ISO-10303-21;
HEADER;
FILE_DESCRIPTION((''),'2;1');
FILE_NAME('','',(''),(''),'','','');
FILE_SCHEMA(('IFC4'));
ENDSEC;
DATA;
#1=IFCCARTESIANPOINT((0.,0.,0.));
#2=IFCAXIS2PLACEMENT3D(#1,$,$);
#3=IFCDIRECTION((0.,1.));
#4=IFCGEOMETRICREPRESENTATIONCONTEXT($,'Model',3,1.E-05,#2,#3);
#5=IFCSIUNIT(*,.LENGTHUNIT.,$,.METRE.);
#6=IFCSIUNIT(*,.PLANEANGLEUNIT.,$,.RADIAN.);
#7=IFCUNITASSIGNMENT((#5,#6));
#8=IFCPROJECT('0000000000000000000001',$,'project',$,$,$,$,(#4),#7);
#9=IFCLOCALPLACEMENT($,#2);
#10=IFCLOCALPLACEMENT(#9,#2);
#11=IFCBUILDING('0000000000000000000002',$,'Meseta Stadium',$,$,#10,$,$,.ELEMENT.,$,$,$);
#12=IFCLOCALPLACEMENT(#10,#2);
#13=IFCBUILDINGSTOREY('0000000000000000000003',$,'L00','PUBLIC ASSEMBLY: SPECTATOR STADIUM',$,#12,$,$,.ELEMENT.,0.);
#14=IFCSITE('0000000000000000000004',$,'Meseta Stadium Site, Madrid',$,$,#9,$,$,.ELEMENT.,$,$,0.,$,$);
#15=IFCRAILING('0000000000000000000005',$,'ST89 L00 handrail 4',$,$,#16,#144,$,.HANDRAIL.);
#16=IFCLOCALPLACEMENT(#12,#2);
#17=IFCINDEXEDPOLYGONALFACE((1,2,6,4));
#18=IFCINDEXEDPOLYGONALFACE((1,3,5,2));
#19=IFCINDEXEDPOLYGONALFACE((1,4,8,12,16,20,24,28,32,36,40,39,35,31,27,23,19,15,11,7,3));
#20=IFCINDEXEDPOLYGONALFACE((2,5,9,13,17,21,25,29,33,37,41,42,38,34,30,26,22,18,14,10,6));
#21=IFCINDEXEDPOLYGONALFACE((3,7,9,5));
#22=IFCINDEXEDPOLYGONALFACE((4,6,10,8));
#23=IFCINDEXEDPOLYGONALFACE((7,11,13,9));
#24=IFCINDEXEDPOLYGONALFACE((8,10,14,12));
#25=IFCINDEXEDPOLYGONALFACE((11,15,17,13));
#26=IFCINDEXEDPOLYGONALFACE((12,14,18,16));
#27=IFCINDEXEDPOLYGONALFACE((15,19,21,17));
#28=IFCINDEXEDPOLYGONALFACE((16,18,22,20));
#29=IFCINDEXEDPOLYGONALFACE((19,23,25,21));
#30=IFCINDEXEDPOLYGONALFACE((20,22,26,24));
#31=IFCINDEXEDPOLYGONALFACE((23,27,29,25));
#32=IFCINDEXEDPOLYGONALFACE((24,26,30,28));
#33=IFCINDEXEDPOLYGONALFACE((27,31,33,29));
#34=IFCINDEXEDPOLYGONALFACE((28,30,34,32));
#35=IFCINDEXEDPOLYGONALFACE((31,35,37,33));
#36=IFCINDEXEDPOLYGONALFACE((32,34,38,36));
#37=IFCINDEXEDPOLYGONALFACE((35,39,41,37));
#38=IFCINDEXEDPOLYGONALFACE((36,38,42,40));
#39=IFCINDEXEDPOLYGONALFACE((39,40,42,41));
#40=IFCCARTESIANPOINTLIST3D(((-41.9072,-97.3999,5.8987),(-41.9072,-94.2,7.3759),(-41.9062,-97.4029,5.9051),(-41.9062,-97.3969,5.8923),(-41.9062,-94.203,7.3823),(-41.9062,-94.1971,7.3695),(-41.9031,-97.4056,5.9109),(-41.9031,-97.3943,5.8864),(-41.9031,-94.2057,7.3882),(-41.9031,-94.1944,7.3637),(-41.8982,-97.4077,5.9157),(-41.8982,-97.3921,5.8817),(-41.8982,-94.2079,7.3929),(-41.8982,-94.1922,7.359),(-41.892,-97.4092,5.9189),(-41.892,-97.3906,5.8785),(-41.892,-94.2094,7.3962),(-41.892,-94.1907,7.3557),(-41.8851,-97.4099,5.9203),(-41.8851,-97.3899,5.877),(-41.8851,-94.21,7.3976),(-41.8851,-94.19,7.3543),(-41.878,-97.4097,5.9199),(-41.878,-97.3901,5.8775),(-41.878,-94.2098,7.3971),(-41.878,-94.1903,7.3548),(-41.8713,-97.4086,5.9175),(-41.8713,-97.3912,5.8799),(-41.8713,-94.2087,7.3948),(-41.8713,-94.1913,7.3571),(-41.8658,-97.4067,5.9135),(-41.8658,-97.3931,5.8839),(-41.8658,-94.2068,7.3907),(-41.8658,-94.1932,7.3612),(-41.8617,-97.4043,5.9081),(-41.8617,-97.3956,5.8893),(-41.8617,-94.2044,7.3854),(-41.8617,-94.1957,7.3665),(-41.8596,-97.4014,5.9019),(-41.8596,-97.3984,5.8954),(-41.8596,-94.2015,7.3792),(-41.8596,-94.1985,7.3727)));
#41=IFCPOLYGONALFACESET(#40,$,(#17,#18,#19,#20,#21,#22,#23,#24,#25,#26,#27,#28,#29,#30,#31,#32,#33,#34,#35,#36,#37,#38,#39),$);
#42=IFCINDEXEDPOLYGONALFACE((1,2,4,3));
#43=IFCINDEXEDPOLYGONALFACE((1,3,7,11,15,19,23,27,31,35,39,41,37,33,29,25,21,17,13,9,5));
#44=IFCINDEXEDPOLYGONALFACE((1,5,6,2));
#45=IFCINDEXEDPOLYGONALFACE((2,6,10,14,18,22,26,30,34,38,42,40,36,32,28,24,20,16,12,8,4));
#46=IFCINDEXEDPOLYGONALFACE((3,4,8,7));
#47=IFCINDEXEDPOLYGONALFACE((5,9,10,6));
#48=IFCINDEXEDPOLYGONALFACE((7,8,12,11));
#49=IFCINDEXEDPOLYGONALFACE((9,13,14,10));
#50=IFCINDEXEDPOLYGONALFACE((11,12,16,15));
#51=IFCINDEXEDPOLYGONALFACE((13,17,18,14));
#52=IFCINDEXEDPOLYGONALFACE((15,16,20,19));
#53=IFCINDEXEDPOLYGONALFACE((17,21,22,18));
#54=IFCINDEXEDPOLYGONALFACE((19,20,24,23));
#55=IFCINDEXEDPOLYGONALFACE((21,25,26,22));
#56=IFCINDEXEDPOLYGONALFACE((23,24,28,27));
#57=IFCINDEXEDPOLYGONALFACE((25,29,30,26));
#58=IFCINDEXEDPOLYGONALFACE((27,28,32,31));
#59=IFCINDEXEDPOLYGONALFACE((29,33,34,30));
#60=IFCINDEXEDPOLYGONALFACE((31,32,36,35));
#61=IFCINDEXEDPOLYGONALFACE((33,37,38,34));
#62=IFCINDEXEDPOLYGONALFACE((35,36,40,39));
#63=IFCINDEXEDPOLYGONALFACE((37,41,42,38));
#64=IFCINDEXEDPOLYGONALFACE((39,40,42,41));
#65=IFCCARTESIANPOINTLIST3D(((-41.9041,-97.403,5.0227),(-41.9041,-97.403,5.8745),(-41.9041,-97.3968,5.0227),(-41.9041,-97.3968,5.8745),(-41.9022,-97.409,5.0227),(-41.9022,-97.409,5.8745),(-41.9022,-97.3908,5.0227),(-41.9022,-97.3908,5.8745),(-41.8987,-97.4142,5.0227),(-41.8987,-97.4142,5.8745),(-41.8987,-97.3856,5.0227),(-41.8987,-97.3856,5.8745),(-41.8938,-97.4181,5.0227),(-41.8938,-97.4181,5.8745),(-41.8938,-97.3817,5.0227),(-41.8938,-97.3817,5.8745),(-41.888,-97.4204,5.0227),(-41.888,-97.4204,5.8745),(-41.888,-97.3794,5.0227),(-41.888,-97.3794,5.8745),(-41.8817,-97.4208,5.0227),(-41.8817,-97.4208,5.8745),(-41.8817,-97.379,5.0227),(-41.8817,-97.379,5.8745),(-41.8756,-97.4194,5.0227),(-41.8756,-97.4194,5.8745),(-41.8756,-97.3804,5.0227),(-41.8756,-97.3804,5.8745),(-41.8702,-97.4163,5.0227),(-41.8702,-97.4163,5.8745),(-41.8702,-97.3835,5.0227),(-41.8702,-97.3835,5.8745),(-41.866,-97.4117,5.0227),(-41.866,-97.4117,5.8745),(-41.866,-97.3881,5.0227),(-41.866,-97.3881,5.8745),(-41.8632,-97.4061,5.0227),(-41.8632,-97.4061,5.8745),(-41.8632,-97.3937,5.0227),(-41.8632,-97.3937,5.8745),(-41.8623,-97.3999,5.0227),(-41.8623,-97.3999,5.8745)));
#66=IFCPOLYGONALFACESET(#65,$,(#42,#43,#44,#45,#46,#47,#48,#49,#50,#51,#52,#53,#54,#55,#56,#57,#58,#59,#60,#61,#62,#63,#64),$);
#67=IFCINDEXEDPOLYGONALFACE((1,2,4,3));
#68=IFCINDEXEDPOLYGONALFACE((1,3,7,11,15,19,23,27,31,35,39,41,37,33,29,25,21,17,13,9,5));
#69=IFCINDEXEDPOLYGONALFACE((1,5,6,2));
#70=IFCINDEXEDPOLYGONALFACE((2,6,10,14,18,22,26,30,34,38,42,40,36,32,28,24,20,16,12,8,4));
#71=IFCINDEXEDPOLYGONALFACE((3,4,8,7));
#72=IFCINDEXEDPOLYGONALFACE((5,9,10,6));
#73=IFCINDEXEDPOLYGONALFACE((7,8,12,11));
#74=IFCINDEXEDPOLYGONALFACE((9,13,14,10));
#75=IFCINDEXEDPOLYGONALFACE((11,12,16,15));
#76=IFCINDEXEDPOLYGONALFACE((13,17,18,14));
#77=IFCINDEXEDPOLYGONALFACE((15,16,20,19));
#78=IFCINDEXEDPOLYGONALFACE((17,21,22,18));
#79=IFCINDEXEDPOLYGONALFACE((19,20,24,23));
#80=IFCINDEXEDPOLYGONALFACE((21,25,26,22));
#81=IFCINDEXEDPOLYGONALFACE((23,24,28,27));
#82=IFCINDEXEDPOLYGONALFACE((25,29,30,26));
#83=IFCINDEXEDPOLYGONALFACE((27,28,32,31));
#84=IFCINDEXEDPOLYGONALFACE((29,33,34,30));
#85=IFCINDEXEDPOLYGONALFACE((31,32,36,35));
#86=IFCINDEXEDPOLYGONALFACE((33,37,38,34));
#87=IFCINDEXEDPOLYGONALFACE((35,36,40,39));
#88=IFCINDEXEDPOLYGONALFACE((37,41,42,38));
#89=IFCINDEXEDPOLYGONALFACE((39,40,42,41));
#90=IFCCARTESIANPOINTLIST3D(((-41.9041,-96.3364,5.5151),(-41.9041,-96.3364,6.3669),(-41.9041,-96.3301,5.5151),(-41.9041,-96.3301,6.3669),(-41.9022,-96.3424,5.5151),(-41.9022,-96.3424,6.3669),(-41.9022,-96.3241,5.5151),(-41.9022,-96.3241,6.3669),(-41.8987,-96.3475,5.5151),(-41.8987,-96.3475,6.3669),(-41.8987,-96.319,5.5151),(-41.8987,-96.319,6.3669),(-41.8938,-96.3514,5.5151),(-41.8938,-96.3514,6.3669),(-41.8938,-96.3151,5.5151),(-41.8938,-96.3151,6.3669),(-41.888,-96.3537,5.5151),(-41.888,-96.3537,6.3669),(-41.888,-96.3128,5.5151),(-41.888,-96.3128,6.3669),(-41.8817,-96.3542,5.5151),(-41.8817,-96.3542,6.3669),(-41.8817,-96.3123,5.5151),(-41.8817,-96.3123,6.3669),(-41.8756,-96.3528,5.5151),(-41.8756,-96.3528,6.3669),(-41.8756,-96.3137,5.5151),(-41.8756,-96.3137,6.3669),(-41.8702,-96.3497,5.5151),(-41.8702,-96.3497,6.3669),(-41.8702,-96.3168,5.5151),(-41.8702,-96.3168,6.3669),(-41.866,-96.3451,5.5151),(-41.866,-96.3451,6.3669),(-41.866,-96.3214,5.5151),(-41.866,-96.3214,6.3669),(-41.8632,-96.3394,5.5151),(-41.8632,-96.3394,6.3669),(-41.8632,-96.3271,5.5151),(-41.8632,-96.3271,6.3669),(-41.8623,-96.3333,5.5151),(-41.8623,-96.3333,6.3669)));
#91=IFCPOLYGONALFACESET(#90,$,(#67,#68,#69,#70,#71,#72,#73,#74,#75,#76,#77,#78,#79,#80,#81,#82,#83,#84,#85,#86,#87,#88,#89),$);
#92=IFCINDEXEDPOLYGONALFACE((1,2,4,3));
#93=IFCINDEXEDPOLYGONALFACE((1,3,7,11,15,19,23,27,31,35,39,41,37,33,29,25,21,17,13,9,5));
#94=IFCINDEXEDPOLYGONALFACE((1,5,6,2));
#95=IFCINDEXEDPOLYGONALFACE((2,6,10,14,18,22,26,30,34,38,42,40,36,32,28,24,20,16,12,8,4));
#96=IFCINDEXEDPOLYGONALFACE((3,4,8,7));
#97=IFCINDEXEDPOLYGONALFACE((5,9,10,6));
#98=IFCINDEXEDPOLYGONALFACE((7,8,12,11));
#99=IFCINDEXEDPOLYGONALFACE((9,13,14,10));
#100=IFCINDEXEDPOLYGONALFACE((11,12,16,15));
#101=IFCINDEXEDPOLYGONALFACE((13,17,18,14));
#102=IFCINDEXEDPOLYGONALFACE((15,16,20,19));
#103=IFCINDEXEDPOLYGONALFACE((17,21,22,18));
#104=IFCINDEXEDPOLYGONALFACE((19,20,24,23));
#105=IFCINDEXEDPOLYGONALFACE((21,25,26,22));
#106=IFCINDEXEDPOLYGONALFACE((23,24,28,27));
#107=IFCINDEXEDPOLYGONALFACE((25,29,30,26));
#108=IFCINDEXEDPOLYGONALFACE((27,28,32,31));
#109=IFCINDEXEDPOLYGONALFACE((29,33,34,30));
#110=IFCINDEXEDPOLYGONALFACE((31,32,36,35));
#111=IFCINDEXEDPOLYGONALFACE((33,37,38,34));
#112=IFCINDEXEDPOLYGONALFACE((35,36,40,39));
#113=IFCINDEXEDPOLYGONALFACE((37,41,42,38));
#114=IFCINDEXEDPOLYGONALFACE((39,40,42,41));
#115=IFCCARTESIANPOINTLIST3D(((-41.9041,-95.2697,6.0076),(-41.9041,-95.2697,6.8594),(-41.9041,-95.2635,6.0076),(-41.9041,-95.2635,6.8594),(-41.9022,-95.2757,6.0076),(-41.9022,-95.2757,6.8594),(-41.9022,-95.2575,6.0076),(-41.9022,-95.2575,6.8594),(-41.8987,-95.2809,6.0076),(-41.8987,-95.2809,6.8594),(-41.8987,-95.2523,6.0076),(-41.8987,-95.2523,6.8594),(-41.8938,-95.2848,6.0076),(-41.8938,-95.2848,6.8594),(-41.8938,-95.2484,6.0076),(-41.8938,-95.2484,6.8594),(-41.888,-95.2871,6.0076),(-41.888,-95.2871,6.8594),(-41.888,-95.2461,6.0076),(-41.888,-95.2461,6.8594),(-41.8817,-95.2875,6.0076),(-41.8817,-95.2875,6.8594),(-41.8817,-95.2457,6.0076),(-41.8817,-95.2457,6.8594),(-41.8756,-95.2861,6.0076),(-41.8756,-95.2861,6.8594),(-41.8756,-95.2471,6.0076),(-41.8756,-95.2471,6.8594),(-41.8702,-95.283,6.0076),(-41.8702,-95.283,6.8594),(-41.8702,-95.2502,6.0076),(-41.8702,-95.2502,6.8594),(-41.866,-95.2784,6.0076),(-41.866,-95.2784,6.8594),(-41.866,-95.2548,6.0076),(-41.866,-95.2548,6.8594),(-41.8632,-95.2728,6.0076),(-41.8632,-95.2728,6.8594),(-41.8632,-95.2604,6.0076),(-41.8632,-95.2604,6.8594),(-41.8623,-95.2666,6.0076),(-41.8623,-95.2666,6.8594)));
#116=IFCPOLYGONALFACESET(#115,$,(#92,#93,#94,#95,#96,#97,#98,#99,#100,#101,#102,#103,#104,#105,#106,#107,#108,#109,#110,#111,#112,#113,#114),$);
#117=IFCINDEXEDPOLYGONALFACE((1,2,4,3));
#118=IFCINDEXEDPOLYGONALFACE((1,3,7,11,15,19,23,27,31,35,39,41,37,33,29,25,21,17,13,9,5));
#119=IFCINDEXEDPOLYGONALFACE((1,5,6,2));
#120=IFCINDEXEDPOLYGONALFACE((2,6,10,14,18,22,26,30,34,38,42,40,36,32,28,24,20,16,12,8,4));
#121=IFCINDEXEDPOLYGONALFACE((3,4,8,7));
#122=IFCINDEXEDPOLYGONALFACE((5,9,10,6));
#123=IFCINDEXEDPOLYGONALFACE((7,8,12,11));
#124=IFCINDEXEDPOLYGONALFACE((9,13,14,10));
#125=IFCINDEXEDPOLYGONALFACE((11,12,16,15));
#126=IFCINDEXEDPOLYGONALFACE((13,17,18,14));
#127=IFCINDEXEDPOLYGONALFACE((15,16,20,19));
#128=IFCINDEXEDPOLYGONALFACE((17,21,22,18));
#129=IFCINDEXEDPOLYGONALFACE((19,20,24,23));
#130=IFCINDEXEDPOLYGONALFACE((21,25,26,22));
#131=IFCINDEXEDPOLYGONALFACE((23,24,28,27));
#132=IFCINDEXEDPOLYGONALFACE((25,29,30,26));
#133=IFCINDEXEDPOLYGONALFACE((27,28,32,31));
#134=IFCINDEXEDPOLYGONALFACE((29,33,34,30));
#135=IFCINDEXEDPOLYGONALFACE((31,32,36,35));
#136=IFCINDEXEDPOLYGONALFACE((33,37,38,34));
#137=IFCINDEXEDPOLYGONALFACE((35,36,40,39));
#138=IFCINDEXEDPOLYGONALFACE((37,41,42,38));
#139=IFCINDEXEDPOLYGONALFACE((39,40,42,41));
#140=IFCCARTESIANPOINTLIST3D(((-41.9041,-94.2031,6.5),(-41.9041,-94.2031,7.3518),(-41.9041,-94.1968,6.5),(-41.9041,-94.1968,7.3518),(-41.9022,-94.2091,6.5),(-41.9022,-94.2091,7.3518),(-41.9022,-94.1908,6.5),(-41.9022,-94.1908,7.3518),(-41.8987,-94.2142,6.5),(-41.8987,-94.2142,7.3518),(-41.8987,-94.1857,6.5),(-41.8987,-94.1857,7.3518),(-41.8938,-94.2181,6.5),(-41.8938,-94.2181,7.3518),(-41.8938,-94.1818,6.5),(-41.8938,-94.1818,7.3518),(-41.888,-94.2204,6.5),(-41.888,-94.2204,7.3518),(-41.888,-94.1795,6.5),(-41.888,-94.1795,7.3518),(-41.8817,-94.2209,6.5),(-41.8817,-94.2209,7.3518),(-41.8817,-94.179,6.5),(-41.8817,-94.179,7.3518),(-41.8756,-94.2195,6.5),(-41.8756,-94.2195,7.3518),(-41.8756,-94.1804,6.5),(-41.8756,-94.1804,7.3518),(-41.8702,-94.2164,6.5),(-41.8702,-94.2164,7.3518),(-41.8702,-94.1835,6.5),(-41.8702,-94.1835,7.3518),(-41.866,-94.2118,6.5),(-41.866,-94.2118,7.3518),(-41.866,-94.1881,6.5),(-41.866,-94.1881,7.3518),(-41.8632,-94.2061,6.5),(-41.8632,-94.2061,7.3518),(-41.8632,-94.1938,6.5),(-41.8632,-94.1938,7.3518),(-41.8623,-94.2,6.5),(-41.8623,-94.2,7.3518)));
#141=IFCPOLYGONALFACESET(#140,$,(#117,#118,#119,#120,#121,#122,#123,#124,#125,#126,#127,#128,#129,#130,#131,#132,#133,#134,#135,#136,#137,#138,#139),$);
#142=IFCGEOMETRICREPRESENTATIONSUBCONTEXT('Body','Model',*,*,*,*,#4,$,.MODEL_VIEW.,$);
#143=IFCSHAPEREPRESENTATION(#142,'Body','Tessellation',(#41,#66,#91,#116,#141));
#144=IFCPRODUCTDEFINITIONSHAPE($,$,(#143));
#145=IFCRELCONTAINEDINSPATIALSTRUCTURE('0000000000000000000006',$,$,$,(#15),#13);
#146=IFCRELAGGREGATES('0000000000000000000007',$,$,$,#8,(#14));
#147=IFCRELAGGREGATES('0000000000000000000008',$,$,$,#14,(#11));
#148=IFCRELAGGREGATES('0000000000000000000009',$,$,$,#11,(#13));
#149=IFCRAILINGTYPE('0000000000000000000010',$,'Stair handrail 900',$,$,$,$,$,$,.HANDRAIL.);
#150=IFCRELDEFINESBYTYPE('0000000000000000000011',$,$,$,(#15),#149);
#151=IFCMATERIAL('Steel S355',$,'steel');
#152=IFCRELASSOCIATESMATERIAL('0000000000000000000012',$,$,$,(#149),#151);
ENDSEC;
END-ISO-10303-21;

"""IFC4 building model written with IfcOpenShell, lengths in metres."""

from ifc_helpers import new_model, si_unit, direction, frame, origin, origin_2d, place, context, subcontext, project, spatial, circle, extrude, material, type_object, element, save


model = new_model("IFC4")

# Units and contexts
model_context = context("Model", 3, precision=1e-05, world=origin(), true_north=direction((0.0, 1.0)))
body_context = subcontext(model_context, "Body", "Model", "MODEL_VIEW")
ifc_project = project(units=[si_unit("LENGTHUNIT", "METRE"), si_unit("PLANEANGLEUNIT", "RADIAN")], contexts=[model_context])

# Site, building, storey
site_placement = place(None, origin())
site = spatial("IfcSite", under=ifc_project, at=site_placement, Name="Meseta Stadium Site, Madrid", CompositionType="ELEMENT", RefElevation=0.0)
building_placement = place(site_placement, origin())
building = spatial("IfcBuilding", under=site, at=building_placement, Name="Meseta Stadium", CompositionType="ELEMENT")
storey_placement = place(building_placement, origin())
storey = spatial("IfcBuildingStorey", under=building, at=storey_placement, Name="L00", Description="PUBLIC ASSEMBLY: SPECTATOR STADIUM", CompositionType="ELEMENT", Elevation=0.0)

# Railing
ifc_material_1 = material(Name="Steel S355", Category="steel")
railing_type_1 = type_object("IfcRailingType", Name="Stair handrail 900", PredefinedType="HANDRAIL", material=ifc_material_1)
for number, where, name in (
    (1, (-41.8833, -97.3999, 5.0227), "ST89 L00 handrail 4"),
):
    element("IfcRailing", number, at=place(storey_placement, frame(where)), inside=storey, type_object=railing_type_1, Name=name, PredefinedType="HANDRAIL", context=body_context, shape_type="SweptSolid", body=[
        extrude(circle(Radius=0.0239, at=origin_2d()), frame((0.0, 0.0, 0.876), z_axis=(0.0, 0.907917, 0.41915), x_axis=(-1.0, 0.0, 0.0)), (0.0, 0.0, 1.0), 3.5244),
        extrude(circle(Radius=0.021, at=origin_2d()), origin(), (0.0, 0.0, 1.0), 0.8518),
        extrude(circle(Radius=0.021, at=origin_2d()), frame((0.0, 1.0667, 0.4924)), (0.0, 0.0, 1.0), 0.8518),
        extrude(circle(Radius=0.021, at=origin_2d()), frame((0.0, 2.1333, 0.9849)), (0.0, 0.0, 1.0), 0.8518),
        extrude(circle(Radius=0.021, at=origin_2d()), frame((0.0, 3.2, 1.4773)), (0.0, 0.0, 1.0), 0.8518),
    ])

save(model, "model.ifc")
